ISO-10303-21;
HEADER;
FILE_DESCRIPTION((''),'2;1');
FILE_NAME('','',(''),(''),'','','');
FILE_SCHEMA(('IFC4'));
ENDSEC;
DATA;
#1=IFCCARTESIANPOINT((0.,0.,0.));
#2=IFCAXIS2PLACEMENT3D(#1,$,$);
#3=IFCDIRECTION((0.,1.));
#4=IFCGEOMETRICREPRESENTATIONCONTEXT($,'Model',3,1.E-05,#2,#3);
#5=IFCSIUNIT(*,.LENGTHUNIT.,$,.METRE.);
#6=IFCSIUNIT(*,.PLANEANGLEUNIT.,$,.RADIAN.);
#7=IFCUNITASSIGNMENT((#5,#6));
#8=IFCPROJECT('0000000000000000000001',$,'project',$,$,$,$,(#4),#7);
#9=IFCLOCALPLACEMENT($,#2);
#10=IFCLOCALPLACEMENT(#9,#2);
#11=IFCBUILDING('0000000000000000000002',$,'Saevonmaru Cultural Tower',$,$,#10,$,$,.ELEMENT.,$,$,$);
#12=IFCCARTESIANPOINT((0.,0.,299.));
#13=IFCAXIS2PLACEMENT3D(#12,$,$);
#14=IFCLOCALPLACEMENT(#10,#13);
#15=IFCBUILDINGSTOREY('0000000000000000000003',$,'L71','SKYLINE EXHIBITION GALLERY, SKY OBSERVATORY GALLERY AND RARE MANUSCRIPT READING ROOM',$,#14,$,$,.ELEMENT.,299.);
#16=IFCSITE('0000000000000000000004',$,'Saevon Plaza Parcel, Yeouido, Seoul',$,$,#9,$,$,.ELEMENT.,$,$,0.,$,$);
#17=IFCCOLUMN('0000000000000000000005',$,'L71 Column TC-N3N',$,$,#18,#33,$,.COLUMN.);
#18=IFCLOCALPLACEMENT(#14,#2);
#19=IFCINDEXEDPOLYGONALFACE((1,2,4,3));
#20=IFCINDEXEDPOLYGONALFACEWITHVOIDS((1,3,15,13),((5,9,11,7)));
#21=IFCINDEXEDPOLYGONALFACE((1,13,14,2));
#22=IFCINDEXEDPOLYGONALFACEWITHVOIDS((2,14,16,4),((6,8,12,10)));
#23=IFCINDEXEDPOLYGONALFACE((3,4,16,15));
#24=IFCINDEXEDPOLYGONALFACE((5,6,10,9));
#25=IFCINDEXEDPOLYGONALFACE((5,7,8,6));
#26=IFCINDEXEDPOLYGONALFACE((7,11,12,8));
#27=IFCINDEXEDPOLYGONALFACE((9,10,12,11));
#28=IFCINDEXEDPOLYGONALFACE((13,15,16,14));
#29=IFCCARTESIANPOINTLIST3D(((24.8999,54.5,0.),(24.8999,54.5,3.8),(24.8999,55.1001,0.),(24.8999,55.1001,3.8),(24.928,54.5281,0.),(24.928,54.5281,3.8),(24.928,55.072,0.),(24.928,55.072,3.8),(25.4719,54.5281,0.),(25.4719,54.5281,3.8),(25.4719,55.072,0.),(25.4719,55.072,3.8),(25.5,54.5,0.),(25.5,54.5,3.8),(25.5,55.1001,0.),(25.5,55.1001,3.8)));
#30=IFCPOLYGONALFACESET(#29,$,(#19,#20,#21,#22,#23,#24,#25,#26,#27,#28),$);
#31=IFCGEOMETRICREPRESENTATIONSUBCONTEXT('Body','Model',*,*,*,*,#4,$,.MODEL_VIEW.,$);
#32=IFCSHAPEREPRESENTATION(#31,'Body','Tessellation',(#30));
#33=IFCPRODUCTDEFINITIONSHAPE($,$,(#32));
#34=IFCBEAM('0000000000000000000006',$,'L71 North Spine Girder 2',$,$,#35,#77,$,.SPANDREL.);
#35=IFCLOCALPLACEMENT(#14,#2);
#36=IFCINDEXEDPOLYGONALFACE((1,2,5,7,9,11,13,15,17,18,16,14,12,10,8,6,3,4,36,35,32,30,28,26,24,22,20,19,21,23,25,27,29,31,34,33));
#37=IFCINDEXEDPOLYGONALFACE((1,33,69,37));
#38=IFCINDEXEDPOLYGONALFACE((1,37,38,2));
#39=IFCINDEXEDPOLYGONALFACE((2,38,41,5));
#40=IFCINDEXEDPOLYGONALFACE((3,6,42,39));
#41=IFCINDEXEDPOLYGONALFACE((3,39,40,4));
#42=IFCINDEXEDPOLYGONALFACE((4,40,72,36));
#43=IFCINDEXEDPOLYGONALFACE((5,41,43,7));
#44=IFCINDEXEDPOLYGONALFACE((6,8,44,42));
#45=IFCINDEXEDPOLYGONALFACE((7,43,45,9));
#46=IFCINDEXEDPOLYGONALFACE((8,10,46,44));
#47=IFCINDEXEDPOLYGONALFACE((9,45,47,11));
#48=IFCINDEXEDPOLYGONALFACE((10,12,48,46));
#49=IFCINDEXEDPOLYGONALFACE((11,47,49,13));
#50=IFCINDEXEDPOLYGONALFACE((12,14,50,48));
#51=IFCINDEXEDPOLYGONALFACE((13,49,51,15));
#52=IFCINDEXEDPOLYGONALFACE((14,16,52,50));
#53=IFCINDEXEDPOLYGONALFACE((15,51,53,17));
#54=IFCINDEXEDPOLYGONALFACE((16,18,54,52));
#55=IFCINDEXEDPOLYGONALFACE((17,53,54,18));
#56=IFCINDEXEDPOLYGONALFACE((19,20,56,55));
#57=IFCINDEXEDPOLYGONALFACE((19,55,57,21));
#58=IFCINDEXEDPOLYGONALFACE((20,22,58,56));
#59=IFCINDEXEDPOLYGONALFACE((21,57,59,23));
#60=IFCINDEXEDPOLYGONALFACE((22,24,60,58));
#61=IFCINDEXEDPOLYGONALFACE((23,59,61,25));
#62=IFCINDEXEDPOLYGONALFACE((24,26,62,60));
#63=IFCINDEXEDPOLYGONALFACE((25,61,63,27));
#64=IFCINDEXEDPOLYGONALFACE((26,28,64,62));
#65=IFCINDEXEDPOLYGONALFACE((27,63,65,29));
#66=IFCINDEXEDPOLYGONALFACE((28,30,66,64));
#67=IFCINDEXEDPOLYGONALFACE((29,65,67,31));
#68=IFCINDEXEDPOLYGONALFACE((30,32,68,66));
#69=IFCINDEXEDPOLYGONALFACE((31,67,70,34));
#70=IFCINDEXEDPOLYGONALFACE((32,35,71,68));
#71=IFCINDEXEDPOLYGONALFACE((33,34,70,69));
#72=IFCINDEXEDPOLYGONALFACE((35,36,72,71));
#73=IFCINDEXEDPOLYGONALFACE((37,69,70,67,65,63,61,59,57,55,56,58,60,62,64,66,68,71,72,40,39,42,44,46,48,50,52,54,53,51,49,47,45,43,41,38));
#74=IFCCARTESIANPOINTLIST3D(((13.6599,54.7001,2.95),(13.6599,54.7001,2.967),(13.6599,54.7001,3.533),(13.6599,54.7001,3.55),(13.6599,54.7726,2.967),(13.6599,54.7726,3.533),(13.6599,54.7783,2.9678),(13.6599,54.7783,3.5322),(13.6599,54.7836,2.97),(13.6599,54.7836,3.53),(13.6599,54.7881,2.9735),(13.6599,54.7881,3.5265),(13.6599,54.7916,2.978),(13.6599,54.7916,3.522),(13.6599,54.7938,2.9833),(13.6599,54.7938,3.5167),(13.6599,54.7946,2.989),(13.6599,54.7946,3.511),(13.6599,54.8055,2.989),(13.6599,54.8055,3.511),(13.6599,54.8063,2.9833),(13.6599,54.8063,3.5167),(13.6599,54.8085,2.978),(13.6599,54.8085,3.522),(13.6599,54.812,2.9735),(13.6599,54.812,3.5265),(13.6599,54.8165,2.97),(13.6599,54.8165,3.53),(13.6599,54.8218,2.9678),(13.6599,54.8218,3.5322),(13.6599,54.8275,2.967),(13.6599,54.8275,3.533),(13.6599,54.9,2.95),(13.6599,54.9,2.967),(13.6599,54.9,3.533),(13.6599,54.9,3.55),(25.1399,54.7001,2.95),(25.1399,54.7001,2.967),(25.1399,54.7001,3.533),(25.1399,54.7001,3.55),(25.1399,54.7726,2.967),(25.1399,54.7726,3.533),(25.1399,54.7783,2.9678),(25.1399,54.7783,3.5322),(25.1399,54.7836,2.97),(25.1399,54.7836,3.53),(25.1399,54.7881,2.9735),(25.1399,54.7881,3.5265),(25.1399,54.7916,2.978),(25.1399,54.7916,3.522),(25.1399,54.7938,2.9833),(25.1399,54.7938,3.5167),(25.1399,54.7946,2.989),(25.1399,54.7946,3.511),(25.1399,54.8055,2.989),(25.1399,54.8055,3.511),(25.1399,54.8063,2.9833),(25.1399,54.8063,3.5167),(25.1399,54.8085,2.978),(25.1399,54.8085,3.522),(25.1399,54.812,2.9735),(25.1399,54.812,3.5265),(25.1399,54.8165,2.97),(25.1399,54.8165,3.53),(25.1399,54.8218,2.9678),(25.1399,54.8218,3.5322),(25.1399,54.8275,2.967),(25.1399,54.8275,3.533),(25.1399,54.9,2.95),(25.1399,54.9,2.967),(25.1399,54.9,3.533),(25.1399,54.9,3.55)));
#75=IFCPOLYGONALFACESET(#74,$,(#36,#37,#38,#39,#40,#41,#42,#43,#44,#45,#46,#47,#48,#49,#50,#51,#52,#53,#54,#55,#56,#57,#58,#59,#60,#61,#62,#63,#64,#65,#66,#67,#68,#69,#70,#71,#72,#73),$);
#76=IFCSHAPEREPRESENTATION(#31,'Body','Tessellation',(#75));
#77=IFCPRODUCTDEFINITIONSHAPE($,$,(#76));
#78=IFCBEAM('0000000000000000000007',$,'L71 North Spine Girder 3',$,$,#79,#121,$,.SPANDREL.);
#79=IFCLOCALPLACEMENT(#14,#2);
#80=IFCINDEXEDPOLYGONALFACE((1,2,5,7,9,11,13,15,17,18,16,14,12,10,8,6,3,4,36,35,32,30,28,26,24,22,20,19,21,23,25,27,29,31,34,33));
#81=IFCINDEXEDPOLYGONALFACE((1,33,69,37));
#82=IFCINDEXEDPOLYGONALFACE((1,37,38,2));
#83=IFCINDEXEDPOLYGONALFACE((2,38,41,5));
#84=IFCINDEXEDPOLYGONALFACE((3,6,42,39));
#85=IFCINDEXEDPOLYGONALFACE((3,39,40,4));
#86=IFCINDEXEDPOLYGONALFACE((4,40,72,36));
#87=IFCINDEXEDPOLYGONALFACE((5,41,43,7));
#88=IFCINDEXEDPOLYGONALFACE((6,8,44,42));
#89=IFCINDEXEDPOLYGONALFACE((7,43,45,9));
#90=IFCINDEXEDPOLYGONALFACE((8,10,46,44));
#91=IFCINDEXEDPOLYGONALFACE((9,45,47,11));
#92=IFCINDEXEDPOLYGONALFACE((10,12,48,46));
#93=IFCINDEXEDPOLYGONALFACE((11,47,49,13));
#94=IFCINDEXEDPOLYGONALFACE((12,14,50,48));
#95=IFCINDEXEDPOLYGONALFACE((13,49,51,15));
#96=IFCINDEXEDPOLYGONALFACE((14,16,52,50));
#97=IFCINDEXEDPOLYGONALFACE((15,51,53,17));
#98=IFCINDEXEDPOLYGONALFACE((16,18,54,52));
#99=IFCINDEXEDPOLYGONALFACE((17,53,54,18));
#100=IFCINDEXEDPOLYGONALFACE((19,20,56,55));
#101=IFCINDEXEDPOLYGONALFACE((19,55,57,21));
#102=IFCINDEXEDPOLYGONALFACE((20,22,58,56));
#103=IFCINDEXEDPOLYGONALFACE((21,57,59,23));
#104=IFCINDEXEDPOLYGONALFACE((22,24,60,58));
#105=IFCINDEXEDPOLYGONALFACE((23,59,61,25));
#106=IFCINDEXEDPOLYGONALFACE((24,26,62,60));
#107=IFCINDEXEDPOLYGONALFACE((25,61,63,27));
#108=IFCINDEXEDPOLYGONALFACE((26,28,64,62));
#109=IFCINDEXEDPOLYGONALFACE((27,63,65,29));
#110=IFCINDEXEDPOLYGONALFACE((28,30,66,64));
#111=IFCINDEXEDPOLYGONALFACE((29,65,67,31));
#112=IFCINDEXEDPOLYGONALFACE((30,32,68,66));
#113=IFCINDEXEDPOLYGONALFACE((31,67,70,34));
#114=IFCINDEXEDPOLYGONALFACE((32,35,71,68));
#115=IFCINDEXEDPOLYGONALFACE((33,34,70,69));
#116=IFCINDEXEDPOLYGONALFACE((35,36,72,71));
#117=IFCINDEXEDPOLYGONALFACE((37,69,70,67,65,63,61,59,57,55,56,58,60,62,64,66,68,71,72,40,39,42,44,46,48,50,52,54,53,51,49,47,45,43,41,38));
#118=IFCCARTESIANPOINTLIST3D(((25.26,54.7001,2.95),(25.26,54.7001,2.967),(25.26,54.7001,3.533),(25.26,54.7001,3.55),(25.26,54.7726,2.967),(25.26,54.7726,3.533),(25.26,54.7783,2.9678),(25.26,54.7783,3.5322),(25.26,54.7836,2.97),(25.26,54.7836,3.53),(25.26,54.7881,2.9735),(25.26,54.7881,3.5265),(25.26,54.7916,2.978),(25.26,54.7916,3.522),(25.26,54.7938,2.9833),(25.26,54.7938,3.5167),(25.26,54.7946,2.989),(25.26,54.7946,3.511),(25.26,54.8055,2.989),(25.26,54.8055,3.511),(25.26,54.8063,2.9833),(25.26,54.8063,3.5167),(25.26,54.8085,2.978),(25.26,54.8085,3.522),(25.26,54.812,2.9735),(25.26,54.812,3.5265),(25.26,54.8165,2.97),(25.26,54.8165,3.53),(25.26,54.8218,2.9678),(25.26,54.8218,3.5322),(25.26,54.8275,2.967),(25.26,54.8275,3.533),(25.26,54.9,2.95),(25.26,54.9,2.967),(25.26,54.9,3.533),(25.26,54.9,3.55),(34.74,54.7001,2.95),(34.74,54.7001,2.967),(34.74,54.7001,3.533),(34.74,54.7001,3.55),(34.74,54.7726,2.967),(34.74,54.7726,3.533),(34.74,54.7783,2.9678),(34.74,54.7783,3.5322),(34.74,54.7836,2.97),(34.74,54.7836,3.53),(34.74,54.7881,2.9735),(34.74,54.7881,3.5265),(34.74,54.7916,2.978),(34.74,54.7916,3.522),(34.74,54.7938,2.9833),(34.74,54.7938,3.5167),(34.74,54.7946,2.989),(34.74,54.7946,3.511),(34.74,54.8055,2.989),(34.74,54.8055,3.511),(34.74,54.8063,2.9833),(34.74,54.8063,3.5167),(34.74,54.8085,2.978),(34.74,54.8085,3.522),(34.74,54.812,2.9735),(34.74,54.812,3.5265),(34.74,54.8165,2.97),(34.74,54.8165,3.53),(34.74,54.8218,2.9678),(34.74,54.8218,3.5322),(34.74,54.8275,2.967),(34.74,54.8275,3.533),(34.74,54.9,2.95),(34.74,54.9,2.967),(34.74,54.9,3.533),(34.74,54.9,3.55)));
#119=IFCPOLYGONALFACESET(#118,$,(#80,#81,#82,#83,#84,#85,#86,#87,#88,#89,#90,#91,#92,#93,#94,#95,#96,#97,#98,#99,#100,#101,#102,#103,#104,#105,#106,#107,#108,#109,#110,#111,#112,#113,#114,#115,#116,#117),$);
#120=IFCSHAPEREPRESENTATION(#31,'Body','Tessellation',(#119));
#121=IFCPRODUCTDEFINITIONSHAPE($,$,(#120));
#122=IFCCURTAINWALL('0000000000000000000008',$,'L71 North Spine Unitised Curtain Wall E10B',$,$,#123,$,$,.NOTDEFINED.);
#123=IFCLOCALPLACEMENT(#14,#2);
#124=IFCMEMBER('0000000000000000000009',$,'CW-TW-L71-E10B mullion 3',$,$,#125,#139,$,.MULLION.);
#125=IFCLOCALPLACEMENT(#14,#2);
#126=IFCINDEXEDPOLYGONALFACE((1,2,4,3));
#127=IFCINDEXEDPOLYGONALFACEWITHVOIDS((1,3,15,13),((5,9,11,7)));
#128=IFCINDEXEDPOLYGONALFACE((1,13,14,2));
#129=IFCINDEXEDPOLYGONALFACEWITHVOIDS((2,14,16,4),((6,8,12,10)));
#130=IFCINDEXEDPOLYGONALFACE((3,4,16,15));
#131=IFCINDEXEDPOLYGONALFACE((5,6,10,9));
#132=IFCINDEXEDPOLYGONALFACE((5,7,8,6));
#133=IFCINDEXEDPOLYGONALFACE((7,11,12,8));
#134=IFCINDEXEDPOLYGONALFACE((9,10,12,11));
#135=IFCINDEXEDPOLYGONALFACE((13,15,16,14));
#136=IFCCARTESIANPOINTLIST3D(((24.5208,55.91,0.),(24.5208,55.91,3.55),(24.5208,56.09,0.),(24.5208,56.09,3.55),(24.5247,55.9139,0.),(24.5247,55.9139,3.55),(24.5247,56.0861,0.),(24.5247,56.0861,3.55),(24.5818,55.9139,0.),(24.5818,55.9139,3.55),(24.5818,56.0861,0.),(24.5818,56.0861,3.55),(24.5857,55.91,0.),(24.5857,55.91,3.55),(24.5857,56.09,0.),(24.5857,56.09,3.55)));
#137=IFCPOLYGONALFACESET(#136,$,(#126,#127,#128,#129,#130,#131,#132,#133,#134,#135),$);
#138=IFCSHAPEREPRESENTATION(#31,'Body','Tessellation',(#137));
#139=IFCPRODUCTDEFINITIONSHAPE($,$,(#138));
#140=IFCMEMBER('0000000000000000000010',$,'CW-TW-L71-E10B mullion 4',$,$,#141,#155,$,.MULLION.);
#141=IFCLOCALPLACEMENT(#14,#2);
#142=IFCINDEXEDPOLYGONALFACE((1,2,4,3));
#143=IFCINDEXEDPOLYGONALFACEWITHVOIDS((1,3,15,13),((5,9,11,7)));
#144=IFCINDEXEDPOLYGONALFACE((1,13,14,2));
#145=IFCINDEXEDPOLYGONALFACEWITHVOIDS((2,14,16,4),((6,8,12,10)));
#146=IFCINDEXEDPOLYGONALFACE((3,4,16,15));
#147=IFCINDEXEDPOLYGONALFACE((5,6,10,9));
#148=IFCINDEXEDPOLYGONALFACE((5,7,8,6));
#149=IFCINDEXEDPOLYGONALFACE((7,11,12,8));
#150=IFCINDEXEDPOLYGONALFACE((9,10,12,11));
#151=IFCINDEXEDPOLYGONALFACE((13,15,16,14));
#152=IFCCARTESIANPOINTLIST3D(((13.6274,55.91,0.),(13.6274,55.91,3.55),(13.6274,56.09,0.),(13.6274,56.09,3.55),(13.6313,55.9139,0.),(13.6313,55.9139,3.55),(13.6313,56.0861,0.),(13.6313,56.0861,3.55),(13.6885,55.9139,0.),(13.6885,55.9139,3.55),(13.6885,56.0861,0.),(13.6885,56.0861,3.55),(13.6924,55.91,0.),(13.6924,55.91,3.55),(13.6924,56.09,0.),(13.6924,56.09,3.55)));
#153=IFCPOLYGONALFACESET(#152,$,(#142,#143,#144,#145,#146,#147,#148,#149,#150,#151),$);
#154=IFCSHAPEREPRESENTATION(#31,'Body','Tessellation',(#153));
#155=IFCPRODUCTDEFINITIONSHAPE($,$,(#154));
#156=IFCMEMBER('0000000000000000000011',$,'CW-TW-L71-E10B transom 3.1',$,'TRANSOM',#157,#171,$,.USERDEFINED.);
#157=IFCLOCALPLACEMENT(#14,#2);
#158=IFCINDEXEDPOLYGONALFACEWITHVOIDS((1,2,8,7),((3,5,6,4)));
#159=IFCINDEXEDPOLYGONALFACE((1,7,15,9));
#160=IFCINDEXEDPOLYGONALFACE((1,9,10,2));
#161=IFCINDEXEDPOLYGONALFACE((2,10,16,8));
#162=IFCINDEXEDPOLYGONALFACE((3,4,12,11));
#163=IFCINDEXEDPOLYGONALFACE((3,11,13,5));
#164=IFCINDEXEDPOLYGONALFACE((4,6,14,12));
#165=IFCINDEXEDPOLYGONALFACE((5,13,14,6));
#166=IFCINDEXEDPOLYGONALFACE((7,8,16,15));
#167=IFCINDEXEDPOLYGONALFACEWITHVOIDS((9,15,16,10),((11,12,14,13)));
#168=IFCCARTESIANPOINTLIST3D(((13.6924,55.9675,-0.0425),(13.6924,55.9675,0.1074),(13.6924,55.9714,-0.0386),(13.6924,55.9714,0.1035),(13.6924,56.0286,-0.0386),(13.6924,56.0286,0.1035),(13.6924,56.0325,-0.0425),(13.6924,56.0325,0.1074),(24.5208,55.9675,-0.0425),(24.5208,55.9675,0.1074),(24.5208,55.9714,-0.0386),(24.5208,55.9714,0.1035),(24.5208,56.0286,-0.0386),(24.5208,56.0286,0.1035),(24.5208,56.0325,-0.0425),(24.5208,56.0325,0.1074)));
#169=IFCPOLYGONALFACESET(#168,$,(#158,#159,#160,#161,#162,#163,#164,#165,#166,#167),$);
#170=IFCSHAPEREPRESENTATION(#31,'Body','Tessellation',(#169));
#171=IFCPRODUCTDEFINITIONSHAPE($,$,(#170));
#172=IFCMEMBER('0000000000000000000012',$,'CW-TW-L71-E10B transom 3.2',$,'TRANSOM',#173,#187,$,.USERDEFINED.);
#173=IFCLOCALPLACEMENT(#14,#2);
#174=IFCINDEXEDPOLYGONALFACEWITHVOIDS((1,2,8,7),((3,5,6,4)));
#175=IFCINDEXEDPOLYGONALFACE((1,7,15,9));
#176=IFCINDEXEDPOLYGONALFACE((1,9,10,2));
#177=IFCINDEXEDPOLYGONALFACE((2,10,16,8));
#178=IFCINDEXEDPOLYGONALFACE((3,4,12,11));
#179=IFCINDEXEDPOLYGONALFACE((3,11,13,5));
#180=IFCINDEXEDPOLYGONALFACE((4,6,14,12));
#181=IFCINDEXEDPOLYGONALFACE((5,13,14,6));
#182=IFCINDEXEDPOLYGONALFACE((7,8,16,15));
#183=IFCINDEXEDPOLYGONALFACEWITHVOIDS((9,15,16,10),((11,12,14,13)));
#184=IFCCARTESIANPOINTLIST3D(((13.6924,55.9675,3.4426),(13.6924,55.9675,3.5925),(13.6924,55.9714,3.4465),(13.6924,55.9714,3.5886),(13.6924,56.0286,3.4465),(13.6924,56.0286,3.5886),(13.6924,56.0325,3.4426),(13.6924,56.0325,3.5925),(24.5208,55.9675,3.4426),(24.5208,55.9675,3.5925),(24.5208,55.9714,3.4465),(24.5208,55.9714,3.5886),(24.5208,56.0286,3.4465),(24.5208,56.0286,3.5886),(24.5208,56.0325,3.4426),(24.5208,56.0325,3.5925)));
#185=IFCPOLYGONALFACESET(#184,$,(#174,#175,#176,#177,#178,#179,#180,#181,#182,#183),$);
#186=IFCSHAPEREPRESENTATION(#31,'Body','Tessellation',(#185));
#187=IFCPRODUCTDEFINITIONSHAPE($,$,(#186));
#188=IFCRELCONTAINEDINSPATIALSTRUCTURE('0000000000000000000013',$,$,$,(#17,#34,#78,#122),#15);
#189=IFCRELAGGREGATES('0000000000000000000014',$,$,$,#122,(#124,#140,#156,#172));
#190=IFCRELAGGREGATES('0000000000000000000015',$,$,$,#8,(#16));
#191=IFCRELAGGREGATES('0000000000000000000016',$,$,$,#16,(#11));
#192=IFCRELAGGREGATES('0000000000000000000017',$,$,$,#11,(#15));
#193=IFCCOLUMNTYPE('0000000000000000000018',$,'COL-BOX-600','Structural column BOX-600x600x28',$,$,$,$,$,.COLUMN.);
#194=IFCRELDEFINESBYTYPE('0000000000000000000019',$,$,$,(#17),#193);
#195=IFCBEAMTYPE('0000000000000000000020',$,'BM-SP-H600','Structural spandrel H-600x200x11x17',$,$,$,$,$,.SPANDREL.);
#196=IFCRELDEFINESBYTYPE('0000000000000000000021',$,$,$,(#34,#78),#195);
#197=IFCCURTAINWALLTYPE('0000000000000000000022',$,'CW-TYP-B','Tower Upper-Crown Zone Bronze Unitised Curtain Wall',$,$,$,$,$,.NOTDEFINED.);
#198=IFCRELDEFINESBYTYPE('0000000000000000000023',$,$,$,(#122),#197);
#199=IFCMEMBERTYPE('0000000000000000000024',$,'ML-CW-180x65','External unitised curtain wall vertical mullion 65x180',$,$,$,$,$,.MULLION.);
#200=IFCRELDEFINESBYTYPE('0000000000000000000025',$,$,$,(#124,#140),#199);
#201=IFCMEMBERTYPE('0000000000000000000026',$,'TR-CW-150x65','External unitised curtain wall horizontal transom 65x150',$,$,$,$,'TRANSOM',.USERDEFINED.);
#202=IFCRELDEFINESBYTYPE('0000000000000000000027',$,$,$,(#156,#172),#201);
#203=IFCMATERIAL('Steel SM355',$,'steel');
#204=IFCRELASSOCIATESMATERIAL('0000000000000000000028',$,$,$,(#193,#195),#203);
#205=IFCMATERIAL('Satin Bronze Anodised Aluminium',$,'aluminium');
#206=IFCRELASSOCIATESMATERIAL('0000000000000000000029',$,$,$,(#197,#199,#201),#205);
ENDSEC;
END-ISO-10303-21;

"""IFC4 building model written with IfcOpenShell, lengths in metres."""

from ifc_helpers import new_model, si_unit, direction, frame, origin, origin_2d, place, context, subcontext, project, spatial, hollow_rectangle, i_section, extrude, material, material_profile, profile_set, type_object, element, aggregate, save


model = new_model("IFC4")

# Units and contexts
model_context = context("Model", 3, precision=1e-05, world=origin(), true_north=direction((0.0, 1.0)))
body_context = subcontext(model_context, "Body", "Model", "MODEL_VIEW")
ifc_project = project(units=[si_unit("LENGTHUNIT", "METRE"), si_unit("PLANEANGLEUNIT", "RADIAN")], contexts=[model_context])

# Site, building, storey
site_placement = place(None, origin())
site = spatial("IfcSite", under=ifc_project, at=site_placement, Name="Saevon Plaza Parcel, Yeouido, Seoul", CompositionType="ELEMENT", RefElevation=0.0)
building_placement = place(site_placement, origin())
building = spatial("IfcBuilding", under=site, at=building_placement, Name="Saevonmaru Cultural Tower", CompositionType="ELEMENT")
storey_placement = place(building_placement, frame((0.0, 0.0, 299.0)))
storey = spatial("IfcBuildingStorey", under=building, at=storey_placement, Name="L71", Description="SKYLINE EXHIBITION GALLERY, SKY OBSERVATORY GALLERY AND RARE MANUSCRIPT READING ROOM", CompositionType="ELEMENT", Elevation=299.0)

# Column
ifc_material_1 = material(Name="Steel SM355", Category="steel")
ifc_material_profile_1 = material_profile(ifc_material_1, hollow_rectangle(XDim=0.6001, YDim=0.6001, WallThickness=0.0281, at=origin_2d()), Name="BOX-600x600x28")
ifc_profile_set_1 = profile_set([ifc_material_profile_1], Name="Steel SM355")
column_type = type_object("IfcColumnType", Name="COL-BOX-600", Description="Structural column BOX-600x600x28", PredefinedType="COLUMN", material=ifc_profile_set_1)
column_placement = place(storey_placement, frame((25.2, 54.8, 0.0), z_axis=(0.0, 0.0, 1.0), x_axis=(1.0, 0.0, 0.0)))
element("IfcColumn", 1, at=column_placement, inside=storey, type_object=column_type, Name="L71 Column TC-N3N", PredefinedType="COLUMN", context=body_context, shape_type="SweptSolid", body=[
    extrude(hollow_rectangle(XDim=0.6001, YDim=0.6001, WallThickness=0.0281, at=origin_2d()), origin(), (0.0, 0.0, 1.0), 3.8),
])

# Beams
ifc_material_profile_2 = material_profile(ifc_material_1, i_section(OverallWidth=0.2, OverallDepth=0.6001, WebThickness=0.011, FlangeThickness=0.0171, FilletRadius=0.022, at=origin_2d()), Name="H-600x200x11x17")
ifc_profile_set_2 = profile_set([ifc_material_profile_2], Name="Steel SM355")
beam_type = type_object("IfcBeamType", Name="BM-SP-H600", Description="Structural spandrel H-600x200x11x17", PredefinedType="SPANDREL", material=ifc_profile_set_2)
beam_1_placement = place(storey_placement, frame((13.6599, 54.8, 3.25), z_axis=(1.0, 0.0, 0.0), x_axis=(0.0, 1.0, 0.0)))
element("IfcBeam", 2, at=beam_1_placement, inside=storey, type_object=beam_type, Name="L71 North Spine Girder 2", PredefinedType="SPANDREL", context=body_context, shape_type="SweptSolid", body=[
    extrude(i_section(OverallWidth=0.2, OverallDepth=0.6001, WebThickness=0.011, FlangeThickness=0.0171, FilletRadius=0.022, at=origin_2d()), origin(), (0.0, 0.0, 1.0), 11.48),
])
beam_2_placement = place(storey_placement, frame((25.26, 54.8, 3.25), z_axis=(1.0, 0.0, 0.0), x_axis=(0.0, 1.0, 0.0)))
element("IfcBeam", 3, at=beam_2_placement, inside=storey, type_object=beam_type, Name="L71 North Spine Girder 3", PredefinedType="SPANDREL", context=body_context, shape_type="SweptSolid", body=[
    extrude(i_section(OverallWidth=0.2, OverallDepth=0.6001, WebThickness=0.011, FlangeThickness=0.0171, FilletRadius=0.022, at=origin_2d()), origin(), (0.0, 0.0, 1.0), 9.48),
])

# Curtain wall, members
ifc_material_2 = material(Name="Satin Bronze Anodised Aluminium", Category="aluminium")
curtain_wall_type = type_object("IfcCurtainWallType", Name="CW-TYP-B", Description="Tower Upper-Crown Zone Bronze Unitised Curtain Wall", PredefinedType="NOTDEFINED", material=ifc_material_2)
curtain_wall_placement = place(storey_placement, origin())
curtain_wall = element("IfcCurtainWall", 4, at=curtain_wall_placement, inside=storey, type_object=curtain_wall_type, Name="L71 North Spine Unitised Curtain Wall E10B", PredefinedType="NOTDEFINED")
ifc_material_profile_3 = material_profile(ifc_material_2, hollow_rectangle(XDim=0.0649, YDim=0.1799, WallThickness=0.0039, at=origin_2d()), Name="ALU-MULL-180x65x4")
ifc_profile_set_3 = profile_set([ifc_material_profile_3], Name="Satin Bronze Anodised Aluminium")
member_type_1 = type_object("IfcMemberType", Name="ML-CW-180x65", Description="External unitised curtain wall vertical mullion 65x180", PredefinedType="MULLION", material=ifc_profile_set_3)
member_1_placement = place(storey_placement, frame((24.5532, 56.0, 0.0), z_axis=(0.0, 0.0, 1.0), x_axis=(-1.0, 0.0, 0.0)))
member_1 = element("IfcMember", 5, at=member_1_placement, type_object=member_type_1, Name="CW-TW-L71-E10B mullion 3", PredefinedType="MULLION", context=body_context, shape_type="SweptSolid", body=[
    extrude(hollow_rectangle(XDim=0.0649, YDim=0.1799, WallThickness=0.0039, at=origin_2d()), origin(), (0.0, 0.0, 1.0), 3.55),
])
member_2_placement = place(storey_placement, frame((13.6599, 56.0, 0.0), z_axis=(0.0, 0.0, 1.0), x_axis=(-1.0, 0.0, 0.0)))
member_2 = element("IfcMember", 6, at=member_2_placement, type_object=member_type_1, Name="CW-TW-L71-E10B mullion 4", PredefinedType="MULLION", context=body_context, shape_type="SweptSolid", body=[
    extrude(hollow_rectangle(XDim=0.0649, YDim=0.1799, WallThickness=0.0039, at=origin_2d()), origin(), (0.0, 0.0, 1.0), 3.55),
])
ifc_material_profile_4 = material_profile(ifc_material_2, hollow_rectangle(XDim=0.0649, YDim=0.1499, WallThickness=0.0039, at=origin_2d()), Name="ALU-TRAN-150x65x4")
ifc_profile_set_4 = profile_set([ifc_material_profile_4], Name="Satin Bronze Anodised Aluminium")
member_type_2 = type_object("IfcMemberType", Name="TR-CW-150x65", Description="External unitised curtain wall horizontal transom 65x150", ElementType="TRANSOM", PredefinedType="USERDEFINED", material=ifc_profile_set_4)
member_3_placement = place(storey_placement, frame((24.5208, 56.0, 0.0325), z_axis=(-1.0, 0.0, 0.0), x_axis=(0.0, -1.0, 0.0)))
member_3 = element("IfcMember", 7, at=member_3_placement, type_object=member_type_2, Name="CW-TW-L71-E10B transom 3.1", ObjectType="TRANSOM", PredefinedType="USERDEFINED", context=body_context, shape_type="SweptSolid", body=[
    extrude(hollow_rectangle(XDim=0.0649, YDim=0.1499, WallThickness=0.0039, at=origin_2d()), origin(), (0.0, 0.0, 1.0), 10.8284),
])
member_4_placement = place(storey_placement, frame((24.5208, 56.0, 3.5176), z_axis=(-1.0, 0.0, 0.0), x_axis=(0.0, -1.0, 0.0)))
member_4 = element("IfcMember", 8, at=member_4_placement, type_object=member_type_2, Name="CW-TW-L71-E10B transom 3.2", ObjectType="TRANSOM", PredefinedType="USERDEFINED", context=body_context, shape_type="SweptSolid", body=[
    extrude(hollow_rectangle(XDim=0.0649, YDim=0.1499, WallThickness=0.0039, at=origin_2d()), origin(), (0.0, 0.0, 1.0), 10.8284),
])
aggregate(curtain_wall, [member_1, member_2, member_3, member_4])

save(model, "model.ifc")
